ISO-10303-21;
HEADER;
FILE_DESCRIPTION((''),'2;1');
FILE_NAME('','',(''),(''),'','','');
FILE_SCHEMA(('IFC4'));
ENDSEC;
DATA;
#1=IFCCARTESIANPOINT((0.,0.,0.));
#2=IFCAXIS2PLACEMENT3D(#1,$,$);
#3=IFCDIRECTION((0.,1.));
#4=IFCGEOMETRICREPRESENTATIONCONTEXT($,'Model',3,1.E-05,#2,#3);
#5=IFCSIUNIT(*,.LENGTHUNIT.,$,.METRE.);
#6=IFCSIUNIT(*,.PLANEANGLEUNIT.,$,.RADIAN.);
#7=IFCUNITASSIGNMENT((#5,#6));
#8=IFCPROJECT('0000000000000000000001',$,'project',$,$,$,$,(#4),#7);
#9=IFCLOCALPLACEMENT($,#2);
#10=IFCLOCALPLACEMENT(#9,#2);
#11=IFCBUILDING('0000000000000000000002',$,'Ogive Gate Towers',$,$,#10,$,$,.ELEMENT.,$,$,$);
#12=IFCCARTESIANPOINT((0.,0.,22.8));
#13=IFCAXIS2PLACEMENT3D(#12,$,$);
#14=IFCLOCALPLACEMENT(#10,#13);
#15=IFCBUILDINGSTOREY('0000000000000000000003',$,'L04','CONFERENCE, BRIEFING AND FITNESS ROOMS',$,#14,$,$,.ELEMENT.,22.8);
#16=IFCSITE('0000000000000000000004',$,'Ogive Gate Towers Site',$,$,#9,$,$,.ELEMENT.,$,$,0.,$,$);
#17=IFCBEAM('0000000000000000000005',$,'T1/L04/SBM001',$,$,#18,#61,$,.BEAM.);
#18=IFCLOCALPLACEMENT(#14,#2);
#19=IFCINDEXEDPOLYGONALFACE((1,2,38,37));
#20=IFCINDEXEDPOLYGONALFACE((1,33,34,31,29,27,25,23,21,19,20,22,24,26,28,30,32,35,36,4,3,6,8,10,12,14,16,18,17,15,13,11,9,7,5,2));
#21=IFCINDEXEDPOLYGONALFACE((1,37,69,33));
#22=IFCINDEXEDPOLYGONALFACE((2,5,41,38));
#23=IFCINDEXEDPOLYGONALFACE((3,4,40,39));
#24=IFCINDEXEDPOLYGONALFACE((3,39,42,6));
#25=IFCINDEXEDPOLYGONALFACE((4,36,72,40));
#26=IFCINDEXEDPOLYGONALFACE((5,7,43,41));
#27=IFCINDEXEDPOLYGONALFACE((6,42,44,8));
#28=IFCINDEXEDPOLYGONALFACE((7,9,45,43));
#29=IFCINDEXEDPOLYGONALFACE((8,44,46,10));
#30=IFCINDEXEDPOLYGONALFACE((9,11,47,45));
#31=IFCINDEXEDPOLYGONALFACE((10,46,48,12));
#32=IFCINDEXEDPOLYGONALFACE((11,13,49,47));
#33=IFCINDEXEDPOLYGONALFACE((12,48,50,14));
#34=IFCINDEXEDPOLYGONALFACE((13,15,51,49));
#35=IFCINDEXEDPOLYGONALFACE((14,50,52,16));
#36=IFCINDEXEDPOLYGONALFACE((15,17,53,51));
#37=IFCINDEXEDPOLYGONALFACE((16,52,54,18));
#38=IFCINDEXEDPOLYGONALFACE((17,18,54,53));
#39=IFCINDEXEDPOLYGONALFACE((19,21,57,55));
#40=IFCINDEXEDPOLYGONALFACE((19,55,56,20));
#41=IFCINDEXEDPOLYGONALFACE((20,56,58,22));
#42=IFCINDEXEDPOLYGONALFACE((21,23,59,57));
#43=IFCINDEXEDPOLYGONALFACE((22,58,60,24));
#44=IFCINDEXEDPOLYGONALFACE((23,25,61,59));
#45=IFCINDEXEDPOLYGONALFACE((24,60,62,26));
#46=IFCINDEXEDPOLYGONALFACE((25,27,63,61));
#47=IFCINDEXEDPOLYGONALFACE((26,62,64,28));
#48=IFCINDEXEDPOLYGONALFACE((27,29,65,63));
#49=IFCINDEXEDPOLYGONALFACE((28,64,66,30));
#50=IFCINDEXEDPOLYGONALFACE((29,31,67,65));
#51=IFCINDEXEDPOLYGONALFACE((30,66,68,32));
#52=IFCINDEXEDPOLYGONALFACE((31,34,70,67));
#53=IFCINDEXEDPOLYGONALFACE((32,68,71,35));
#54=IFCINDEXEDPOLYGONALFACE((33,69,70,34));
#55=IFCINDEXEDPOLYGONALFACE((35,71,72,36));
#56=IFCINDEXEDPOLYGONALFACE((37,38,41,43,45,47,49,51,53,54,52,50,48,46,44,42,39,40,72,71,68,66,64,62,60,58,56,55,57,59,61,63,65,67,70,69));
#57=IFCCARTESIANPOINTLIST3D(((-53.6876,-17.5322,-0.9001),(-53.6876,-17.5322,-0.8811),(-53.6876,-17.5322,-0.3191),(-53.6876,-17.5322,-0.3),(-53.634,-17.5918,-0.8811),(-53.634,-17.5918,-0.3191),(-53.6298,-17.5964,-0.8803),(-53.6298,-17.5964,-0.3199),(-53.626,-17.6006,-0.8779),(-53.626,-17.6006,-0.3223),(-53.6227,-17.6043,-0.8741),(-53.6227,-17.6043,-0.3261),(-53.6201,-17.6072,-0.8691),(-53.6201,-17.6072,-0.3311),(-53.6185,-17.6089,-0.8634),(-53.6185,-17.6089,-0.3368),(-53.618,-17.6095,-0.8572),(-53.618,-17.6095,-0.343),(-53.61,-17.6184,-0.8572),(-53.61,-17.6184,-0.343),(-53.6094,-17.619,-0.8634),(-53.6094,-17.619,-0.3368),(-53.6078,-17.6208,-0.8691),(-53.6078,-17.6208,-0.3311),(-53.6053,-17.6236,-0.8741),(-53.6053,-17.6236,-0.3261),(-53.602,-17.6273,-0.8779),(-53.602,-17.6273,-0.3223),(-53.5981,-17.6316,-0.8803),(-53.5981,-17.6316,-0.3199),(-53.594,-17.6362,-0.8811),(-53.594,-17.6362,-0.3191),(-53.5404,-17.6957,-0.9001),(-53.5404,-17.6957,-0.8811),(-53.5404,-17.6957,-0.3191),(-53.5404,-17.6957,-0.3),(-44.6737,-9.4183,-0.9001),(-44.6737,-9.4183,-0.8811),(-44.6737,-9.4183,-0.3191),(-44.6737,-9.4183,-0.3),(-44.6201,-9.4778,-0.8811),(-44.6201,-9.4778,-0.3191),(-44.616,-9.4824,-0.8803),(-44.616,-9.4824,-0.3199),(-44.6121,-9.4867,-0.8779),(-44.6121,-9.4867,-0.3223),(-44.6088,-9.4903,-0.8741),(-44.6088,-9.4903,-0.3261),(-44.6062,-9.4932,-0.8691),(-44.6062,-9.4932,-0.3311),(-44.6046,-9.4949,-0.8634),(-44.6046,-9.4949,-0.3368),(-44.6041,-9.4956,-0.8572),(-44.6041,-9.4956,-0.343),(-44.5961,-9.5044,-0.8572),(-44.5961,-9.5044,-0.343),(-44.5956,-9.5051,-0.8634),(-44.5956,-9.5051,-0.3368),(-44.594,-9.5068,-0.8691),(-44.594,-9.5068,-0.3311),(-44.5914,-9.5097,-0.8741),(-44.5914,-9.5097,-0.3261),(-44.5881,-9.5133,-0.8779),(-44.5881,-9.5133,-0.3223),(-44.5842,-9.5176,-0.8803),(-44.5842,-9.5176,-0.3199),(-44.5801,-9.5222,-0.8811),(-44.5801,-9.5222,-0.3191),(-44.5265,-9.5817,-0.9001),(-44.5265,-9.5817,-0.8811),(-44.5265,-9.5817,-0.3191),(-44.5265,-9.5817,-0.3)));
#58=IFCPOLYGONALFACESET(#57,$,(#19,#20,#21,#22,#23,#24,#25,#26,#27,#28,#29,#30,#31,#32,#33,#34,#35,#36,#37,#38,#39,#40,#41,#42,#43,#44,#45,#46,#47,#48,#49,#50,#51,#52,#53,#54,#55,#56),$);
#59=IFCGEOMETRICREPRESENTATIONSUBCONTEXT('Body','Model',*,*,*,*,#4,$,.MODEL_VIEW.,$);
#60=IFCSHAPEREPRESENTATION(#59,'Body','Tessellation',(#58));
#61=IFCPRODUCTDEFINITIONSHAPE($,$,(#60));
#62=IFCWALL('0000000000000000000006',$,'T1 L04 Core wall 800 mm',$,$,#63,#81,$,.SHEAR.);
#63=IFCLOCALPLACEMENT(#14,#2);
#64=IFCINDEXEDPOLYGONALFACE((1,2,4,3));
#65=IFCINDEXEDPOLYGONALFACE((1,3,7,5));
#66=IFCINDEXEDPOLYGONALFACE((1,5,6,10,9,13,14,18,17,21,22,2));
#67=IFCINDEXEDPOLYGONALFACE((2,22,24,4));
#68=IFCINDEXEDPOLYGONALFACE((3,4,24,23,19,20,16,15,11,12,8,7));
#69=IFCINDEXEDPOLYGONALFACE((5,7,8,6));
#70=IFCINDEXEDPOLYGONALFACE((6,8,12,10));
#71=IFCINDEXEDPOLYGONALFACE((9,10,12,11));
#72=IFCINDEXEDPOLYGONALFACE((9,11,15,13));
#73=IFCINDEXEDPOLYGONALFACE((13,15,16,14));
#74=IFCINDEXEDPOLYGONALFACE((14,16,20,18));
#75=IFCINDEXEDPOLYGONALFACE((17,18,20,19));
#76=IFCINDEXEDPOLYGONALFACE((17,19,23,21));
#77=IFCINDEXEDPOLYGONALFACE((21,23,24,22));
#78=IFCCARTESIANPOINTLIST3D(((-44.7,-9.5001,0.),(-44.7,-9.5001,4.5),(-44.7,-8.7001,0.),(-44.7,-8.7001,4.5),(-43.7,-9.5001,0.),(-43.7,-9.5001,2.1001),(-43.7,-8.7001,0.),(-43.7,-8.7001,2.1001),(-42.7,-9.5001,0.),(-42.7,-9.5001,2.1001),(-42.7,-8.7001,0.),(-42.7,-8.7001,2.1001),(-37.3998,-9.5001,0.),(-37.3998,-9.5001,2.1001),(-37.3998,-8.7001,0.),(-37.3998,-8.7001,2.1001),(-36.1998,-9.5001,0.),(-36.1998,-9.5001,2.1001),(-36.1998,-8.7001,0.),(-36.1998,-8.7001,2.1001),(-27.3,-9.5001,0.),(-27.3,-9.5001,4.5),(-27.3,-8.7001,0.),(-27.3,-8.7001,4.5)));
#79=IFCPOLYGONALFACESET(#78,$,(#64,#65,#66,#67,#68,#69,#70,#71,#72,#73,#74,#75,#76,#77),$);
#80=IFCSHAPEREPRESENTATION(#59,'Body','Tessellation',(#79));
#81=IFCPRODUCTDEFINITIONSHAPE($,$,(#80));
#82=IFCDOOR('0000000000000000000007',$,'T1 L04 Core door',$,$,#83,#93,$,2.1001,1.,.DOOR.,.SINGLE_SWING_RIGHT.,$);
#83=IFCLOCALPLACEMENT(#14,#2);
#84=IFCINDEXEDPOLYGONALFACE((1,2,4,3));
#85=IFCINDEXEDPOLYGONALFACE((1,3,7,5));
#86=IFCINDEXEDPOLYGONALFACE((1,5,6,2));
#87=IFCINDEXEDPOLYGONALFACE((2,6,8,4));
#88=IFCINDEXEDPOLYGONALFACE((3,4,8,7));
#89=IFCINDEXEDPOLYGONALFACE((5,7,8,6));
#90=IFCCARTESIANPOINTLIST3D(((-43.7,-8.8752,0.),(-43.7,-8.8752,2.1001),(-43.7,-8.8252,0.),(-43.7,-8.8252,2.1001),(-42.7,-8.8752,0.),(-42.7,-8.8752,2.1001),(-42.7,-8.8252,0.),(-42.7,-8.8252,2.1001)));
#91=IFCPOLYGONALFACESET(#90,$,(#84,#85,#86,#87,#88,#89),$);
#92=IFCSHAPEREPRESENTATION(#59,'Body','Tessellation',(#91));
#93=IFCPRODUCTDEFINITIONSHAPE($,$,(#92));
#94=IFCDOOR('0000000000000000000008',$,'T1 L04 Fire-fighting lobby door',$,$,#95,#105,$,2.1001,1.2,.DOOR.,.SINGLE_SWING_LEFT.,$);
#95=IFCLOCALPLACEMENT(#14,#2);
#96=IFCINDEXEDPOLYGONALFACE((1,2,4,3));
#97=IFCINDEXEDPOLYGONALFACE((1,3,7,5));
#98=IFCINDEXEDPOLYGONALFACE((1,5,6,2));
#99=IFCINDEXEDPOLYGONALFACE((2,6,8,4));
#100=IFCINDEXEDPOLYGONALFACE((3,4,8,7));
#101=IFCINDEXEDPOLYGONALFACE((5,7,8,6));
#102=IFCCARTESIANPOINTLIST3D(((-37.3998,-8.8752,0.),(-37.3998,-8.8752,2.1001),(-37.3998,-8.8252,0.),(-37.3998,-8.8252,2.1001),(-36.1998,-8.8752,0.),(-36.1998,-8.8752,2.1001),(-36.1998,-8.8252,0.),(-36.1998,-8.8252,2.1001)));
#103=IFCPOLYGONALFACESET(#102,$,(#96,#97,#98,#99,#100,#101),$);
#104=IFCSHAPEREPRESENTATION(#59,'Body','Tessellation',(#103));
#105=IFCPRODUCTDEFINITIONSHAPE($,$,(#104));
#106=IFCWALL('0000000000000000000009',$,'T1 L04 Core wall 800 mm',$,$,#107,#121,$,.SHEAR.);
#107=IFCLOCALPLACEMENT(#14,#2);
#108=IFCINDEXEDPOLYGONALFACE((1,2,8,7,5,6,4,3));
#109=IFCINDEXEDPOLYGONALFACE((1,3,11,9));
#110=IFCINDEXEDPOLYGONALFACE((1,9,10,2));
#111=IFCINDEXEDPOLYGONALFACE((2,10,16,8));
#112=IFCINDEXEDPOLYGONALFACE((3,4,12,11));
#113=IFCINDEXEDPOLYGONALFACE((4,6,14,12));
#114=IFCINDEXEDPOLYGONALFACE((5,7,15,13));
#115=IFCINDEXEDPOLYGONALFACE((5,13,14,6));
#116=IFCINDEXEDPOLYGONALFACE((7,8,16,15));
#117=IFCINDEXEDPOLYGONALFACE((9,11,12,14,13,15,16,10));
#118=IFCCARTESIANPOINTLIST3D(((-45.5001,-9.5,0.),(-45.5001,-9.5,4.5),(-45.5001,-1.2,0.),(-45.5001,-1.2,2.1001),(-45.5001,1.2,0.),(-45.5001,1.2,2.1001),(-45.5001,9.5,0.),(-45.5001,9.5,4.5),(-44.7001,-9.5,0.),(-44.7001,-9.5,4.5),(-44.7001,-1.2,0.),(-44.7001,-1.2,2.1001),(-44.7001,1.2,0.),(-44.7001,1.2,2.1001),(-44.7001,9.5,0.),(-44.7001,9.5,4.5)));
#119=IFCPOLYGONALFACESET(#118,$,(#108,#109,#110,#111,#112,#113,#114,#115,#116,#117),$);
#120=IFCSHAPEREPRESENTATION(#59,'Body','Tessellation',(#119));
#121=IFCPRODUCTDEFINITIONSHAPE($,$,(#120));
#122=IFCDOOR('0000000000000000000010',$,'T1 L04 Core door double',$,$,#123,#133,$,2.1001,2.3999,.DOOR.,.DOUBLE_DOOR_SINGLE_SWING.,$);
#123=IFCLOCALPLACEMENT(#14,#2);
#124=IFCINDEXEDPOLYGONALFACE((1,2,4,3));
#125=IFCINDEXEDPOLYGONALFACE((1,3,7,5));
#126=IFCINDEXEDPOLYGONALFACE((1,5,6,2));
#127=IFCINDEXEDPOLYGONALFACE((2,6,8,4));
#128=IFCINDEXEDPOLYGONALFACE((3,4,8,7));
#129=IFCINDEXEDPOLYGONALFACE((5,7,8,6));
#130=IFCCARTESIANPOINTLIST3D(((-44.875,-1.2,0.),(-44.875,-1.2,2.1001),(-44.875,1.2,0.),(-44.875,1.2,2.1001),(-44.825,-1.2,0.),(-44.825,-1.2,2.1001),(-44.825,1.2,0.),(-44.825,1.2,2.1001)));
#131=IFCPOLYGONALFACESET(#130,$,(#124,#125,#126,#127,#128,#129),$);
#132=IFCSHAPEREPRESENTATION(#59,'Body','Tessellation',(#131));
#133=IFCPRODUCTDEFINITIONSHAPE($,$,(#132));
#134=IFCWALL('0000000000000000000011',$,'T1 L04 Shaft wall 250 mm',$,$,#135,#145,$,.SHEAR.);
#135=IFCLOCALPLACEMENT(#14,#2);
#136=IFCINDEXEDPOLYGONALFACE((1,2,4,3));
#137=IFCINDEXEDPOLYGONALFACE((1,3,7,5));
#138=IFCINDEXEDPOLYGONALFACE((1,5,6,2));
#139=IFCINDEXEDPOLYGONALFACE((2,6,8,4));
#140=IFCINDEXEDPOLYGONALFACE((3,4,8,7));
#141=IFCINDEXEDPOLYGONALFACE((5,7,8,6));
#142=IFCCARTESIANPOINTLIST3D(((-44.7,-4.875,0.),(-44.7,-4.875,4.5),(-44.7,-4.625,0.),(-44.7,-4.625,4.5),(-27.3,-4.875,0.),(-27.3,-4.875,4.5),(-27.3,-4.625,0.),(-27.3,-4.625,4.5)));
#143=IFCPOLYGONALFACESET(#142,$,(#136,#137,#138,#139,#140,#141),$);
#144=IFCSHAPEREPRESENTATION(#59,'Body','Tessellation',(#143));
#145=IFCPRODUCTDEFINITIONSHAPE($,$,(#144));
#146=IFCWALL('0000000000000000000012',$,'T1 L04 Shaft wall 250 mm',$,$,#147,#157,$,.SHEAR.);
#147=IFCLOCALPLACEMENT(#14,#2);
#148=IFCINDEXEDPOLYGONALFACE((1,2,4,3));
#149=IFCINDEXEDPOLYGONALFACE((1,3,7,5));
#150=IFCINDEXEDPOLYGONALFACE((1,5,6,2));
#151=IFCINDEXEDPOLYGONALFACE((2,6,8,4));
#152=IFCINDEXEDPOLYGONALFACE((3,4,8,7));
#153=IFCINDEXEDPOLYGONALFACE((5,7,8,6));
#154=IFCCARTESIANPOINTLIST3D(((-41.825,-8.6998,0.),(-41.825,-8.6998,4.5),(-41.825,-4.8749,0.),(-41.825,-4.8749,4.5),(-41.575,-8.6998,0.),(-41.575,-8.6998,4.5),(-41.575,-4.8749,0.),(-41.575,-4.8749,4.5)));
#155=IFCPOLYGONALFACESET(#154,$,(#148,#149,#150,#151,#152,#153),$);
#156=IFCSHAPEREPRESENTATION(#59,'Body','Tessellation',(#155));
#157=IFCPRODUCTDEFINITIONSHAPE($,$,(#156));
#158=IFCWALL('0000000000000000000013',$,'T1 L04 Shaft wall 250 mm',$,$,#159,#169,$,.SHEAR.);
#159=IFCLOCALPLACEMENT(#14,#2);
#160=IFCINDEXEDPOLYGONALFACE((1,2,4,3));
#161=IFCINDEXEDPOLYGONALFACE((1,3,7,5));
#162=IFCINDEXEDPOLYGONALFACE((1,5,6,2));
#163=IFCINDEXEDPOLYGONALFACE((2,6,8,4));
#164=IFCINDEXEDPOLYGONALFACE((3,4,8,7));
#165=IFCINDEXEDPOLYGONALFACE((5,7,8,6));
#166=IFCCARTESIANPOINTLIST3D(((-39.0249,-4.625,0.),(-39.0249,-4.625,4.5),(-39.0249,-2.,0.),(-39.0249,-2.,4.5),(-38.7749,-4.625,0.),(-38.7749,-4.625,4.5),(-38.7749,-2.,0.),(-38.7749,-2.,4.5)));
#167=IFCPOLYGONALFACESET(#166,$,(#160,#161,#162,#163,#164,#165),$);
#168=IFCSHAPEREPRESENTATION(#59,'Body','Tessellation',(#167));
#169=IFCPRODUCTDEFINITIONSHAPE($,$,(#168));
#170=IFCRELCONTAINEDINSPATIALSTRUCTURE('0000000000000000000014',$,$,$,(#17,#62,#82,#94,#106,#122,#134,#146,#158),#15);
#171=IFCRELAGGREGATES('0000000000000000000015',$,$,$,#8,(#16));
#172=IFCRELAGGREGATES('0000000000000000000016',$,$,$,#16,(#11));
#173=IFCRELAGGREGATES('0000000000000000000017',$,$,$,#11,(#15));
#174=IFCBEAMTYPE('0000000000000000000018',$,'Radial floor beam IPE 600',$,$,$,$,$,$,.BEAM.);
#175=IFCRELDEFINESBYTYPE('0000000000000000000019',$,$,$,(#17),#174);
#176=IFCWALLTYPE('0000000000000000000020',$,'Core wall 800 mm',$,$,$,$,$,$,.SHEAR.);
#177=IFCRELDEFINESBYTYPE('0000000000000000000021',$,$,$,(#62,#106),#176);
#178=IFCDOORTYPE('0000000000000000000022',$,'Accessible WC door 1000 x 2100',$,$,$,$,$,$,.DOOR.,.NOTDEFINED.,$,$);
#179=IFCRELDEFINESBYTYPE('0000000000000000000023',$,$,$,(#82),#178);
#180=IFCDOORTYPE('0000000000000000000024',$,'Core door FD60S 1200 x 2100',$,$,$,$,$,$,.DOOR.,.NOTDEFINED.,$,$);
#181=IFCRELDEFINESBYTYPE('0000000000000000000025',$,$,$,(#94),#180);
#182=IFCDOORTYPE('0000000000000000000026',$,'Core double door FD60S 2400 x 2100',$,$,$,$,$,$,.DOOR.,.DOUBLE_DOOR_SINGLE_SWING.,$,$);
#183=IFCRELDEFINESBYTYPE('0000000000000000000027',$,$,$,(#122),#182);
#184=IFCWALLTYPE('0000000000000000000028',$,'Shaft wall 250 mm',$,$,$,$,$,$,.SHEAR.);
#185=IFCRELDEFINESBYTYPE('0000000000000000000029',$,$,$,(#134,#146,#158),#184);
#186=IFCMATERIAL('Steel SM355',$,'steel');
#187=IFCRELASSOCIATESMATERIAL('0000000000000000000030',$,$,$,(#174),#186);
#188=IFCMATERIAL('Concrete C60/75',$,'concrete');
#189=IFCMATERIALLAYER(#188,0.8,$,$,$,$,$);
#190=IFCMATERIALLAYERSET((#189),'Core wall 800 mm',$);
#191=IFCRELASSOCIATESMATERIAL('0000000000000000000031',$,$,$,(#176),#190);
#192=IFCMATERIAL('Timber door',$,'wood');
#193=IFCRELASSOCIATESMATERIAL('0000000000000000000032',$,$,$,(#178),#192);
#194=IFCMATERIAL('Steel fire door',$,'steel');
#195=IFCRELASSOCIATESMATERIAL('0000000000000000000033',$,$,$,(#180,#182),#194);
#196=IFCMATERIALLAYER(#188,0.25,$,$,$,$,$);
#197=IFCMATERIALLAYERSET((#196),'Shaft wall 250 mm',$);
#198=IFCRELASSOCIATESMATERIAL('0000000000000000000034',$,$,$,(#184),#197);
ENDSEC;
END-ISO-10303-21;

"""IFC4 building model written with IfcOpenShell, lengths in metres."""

from ifc_helpers import new_model, si_unit, direction, frame, frame_2d, origin, origin_2d, place, context, subcontext, project, spatial, rectangle, i_section, extrude, material, layer, layer_set, material_profile, profile_set, type_object, element, fill, save


model = new_model("IFC4")

# Units and contexts
model_context = context("Model", 3, precision=1e-05, world=origin(), true_north=direction((0.0, 1.0)))
body_context = subcontext(model_context, "Body", "Model", "MODEL_VIEW")
ifc_project = project(units=[si_unit("LENGTHUNIT", "METRE"), si_unit("PLANEANGLEUNIT", "RADIAN")], contexts=[model_context])

# Site, building, storey
site_placement = place(None, origin())
site = spatial("IfcSite", under=ifc_project, at=site_placement, Name="Ogive Gate Towers Site", CompositionType="ELEMENT", RefElevation=0.0)
building_placement = place(site_placement, origin())
building = spatial("IfcBuilding", under=site, at=building_placement, Name="Ogive Gate Towers", CompositionType="ELEMENT")
storey_placement = place(building_placement, frame((0.0, 0.0, 22.8)))
storey = spatial("IfcBuildingStorey", under=building, at=storey_placement, Name="L04", Description="CONFERENCE, BRIEFING AND FITNESS ROOMS", CompositionType="ELEMENT", Elevation=22.8)

# Beam
ifc_material_1 = material(Name="Steel SM355", Category="steel")
ifc_material_profile_1 = material_profile(ifc_material_1, i_section(OverallWidth=0.22, OverallDepth=0.6001, WebThickness=0.012, FlangeThickness=0.019, FilletRadius=0.0239, at=origin_2d()), Name="IPE 600")
ifc_profile_set_1 = profile_set([ifc_material_profile_1], Name="Steel SM355")
beam_type_1 = type_object("IfcBeamType", Name="Radial floor beam IPE 600", PredefinedType="BEAM", material=ifc_profile_set_1)
beam_1_placement = place(storey_placement, frame((-44.6001, -9.5, -0.6001), z_axis=(-0.743233, -0.669033, 0.0), x_axis=(0.669033, -0.743233, 0.0)))
element("IfcBeam", 1, at=beam_1_placement, inside=storey, type_object=beam_type_1, Name="T1/L04/SBM001", PredefinedType="BEAM", context=body_context, shape_type="SweptSolid", body=[
    extrude(i_section(OverallWidth=0.22, OverallDepth=0.6001, WebThickness=0.012, FlangeThickness=0.019, FilletRadius=0.0239, at=origin_2d()), origin(), (0.0, 0.0, 1.0), 12.1279),
])

# Wall, openings, doors
ifc_material_2 = material(Name="Concrete C60/75", Category="concrete")
ifc_layer_1 = layer(ifc_material_2, 0.8)
ifc_layer_set_1 = layer_set([ifc_layer_1], Name="Core wall 800 mm")
wall_type_1 = type_object("IfcWallType", Name="Core wall 800 mm", PredefinedType="SHEAR", material=ifc_layer_set_1)
wall_1_placement = place(storey_placement, frame((-44.7, -9.1001, 0.0), z_axis=(0.0, 0.0, 1.0), x_axis=(1.0, 0.0, 0.0)))
wall_1 = element("IfcWall", 2, at=wall_1_placement, inside=storey, type_object=wall_type_1, Name="T1 L04 Core wall 800 mm", PredefinedType="SHEAR", context=body_context, shape_type="SweptSolid", body=[
    extrude(rectangle(XDim=17.3999, YDim=0.8, at=frame_2d((8.7, 0.0))), origin(), (0.0, 0.0, 1.0), 4.5),
])
opening_1_placement = place(wall_1_placement, frame((7.3, 0.0, 0.0)))
opening_1 = element("IfcOpeningElement", 3, at=opening_1_placement, cuts=wall_1, PredefinedType="OPENING", context=body_context, shape_type="SweptSolid", body=[
    extrude(rectangle(XDim=1.2, YDim=2.1001, at=frame_2d((0.6001, 1.05))), frame((0.0, 0.4102, 0.0), z_axis=(0.0, -1.0, 0.0), x_axis=(1.0, 0.0, 0.0)), (0.0, 0.0, 1.0), 0.8201),
])
opening_2_placement = place(wall_1_placement, frame((1.0, 0.0, 0.0)))
opening_2 = element("IfcOpeningElement", 4, at=opening_2_placement, cuts=wall_1, PredefinedType="OPENING", context=body_context, shape_type="SweptSolid", body=[
    extrude(rectangle(XDim=1.0, YDim=2.1001, at=frame_2d((0.5, 1.05))), frame((0.0, 0.4102, 0.0), z_axis=(0.0, -1.0, 0.0), x_axis=(1.0, 0.0, 0.0)), (0.0, 0.0, 1.0), 0.8201),
])
ifc_material_3 = material(Name="Timber door", Category="wood")
door_type_1 = type_object("IfcDoorType", Name="Accessible WC door 1000 x 2100", OperationType="NOTDEFINED", PredefinedType="DOOR", material=ifc_material_3)
door_1_placement = place(opening_2_placement, origin())
door_1 = element("IfcDoor", 5, at=door_1_placement, inside=storey, type_object=door_type_1, Name="T1 L04 Core door", OperationType="SINGLE_SWING_RIGHT", OverallHeight=2.1001, OverallWidth=1.0, PredefinedType="DOOR", context=body_context, shape_type="SweptSolid", body=[
    extrude(rectangle(XDim=1.0, YDim=2.1001, at=frame_2d((0.5, 1.05))), frame((0.0, 0.2749, 0.0), z_axis=(0.0, -1.0, 0.0), x_axis=(1.0, 0.0, 0.0)), (0.0, 0.0, 1.0), 0.05),
])
fill(opening_2, door_1)
ifc_material_4 = material(Name="Steel fire door", Category="steel")
door_type_2 = type_object("IfcDoorType", Name="Core door FD60S 1200 x 2100", OperationType="NOTDEFINED", PredefinedType="DOOR", material=ifc_material_4)
door_2_placement = place(opening_1_placement, origin())
door_2 = element("IfcDoor", 6, at=door_2_placement, inside=storey, type_object=door_type_2, Name="T1 L04 Fire-fighting lobby door", OperationType="SINGLE_SWING_LEFT", OverallHeight=2.1001, OverallWidth=1.2, PredefinedType="DOOR", context=body_context, shape_type="SweptSolid", body=[
    extrude(rectangle(XDim=1.2, YDim=2.1001, at=frame_2d((0.6001, 1.05))), frame((0.0, 0.2749, 0.0), z_axis=(0.0, -1.0, 0.0), x_axis=(1.0, 0.0, 0.0)), (0.0, 0.0, 1.0), 0.05),
])
fill(opening_1, door_2)

# Wall, opening, door
wall_2_placement = place(storey_placement, frame((-45.1001, -9.5, 0.0), z_axis=(0.0, 0.0, 1.0), x_axis=(0.0, 1.0, 0.0)))
wall_2 = element("IfcWall", 7, at=wall_2_placement, inside=storey, type_object=wall_type_1, Name="T1 L04 Core wall 800 mm", PredefinedType="SHEAR", context=body_context, shape_type="SweptSolid", body=[
    extrude(rectangle(XDim=19.0, YDim=0.8, at=frame_2d((9.5, 0.0))), origin(), (0.0, 0.0, 1.0), 4.5),
])
opening_3_placement = place(wall_2_placement, frame((8.3, 0.0, 0.0)))
opening_3 = element("IfcOpeningElement", 8, at=opening_3_placement, cuts=wall_2, PredefinedType="OPENING", context=body_context, shape_type="SweptSolid", body=[
    extrude(rectangle(XDim=2.3999, YDim=2.1001, at=frame_2d((1.2, 1.05))), frame((0.0, 0.4102, 0.0), z_axis=(0.0, -1.0, 0.0), x_axis=(1.0, 0.0, 0.0)), (0.0, 0.0, 1.0), 0.8201),
])
door_type_3 = type_object("IfcDoorType", Name="Core double door FD60S 2400 x 2100", OperationType="DOUBLE_DOOR_SINGLE_SWING", PredefinedType="DOOR", material=ifc_material_4)
door_3_placement = place(opening_3_placement, origin())
door_3 = element("IfcDoor", 9, at=door_3_placement, inside=storey, type_object=door_type_3, Name="T1 L04 Core door double", OperationType="DOUBLE_DOOR_SINGLE_SWING", OverallHeight=2.1001, OverallWidth=2.3999, PredefinedType="DOOR", context=body_context, shape_type="SweptSolid", body=[
    extrude(rectangle(XDim=2.3999, YDim=2.1001, at=frame_2d((1.2, 1.05))), frame((0.0, -0.2251, 0.0), z_axis=(0.0, -1.0, 0.0), x_axis=(1.0, 0.0, 0.0)), (0.0, 0.0, 1.0), 0.05),
])
fill(opening_3, door_3)

# Walls
ifc_layer_2 = layer(ifc_material_2, 0.25)
ifc_layer_set_2 = layer_set([ifc_layer_2], Name="Shaft wall 250 mm")
wall_type_2 = type_object("IfcWallType", Name="Shaft wall 250 mm", PredefinedType="SHEAR", material=ifc_layer_set_2)
wall_3_placement = place(storey_placement, frame((-44.7, -4.75, 0.0), z_axis=(0.0, 0.0, 1.0), x_axis=(1.0, 0.0, 0.0)))
element("IfcWall", 10, at=wall_3_placement, inside=storey, type_object=wall_type_2, Name="T1 L04 Shaft wall 250 mm", PredefinedType="SHEAR", context=body_context, shape_type="SweptSolid", body=[
    extrude(rectangle(XDim=17.3999, YDim=0.25, at=frame_2d((8.7, 0.0))), origin(), (0.0, 0.0, 1.0), 4.5),
])
wall_4_placement = place(storey_placement, frame((-41.7, -8.7, 0.0), z_axis=(0.0, 0.0, 1.0), x_axis=(0.0, 1.0, 0.0)))
element("IfcWall", 11, at=wall_4_placement, inside=storey, type_object=wall_type_2, Name="T1 L04 Shaft wall 250 mm", PredefinedType="SHEAR", context=body_context, shape_type="SweptSolid", body=[
    extrude(rectangle(XDim=3.825, YDim=0.25, at=frame_2d((1.9126, 0.0))), origin(), (0.0, 0.0, 1.0), 4.5),
])
wall_5_placement = place(storey_placement, frame((-38.8999, -4.625, 0.0), z_axis=(0.0, 0.0, 1.0), x_axis=(0.0, 1.0, 0.0)))
element("IfcWall", 12, at=wall_5_placement, inside=storey, type_object=wall_type_2, Name="T1 L04 Shaft wall 250 mm", PredefinedType="SHEAR", context=body_context, shape_type="SweptSolid", body=[
    extrude(rectangle(XDim=2.625, YDim=0.25, at=frame_2d((1.3125, 0.0))), origin(), (0.0, 0.0, 1.0), 4.5),
])

save(model, "model.ifc")
